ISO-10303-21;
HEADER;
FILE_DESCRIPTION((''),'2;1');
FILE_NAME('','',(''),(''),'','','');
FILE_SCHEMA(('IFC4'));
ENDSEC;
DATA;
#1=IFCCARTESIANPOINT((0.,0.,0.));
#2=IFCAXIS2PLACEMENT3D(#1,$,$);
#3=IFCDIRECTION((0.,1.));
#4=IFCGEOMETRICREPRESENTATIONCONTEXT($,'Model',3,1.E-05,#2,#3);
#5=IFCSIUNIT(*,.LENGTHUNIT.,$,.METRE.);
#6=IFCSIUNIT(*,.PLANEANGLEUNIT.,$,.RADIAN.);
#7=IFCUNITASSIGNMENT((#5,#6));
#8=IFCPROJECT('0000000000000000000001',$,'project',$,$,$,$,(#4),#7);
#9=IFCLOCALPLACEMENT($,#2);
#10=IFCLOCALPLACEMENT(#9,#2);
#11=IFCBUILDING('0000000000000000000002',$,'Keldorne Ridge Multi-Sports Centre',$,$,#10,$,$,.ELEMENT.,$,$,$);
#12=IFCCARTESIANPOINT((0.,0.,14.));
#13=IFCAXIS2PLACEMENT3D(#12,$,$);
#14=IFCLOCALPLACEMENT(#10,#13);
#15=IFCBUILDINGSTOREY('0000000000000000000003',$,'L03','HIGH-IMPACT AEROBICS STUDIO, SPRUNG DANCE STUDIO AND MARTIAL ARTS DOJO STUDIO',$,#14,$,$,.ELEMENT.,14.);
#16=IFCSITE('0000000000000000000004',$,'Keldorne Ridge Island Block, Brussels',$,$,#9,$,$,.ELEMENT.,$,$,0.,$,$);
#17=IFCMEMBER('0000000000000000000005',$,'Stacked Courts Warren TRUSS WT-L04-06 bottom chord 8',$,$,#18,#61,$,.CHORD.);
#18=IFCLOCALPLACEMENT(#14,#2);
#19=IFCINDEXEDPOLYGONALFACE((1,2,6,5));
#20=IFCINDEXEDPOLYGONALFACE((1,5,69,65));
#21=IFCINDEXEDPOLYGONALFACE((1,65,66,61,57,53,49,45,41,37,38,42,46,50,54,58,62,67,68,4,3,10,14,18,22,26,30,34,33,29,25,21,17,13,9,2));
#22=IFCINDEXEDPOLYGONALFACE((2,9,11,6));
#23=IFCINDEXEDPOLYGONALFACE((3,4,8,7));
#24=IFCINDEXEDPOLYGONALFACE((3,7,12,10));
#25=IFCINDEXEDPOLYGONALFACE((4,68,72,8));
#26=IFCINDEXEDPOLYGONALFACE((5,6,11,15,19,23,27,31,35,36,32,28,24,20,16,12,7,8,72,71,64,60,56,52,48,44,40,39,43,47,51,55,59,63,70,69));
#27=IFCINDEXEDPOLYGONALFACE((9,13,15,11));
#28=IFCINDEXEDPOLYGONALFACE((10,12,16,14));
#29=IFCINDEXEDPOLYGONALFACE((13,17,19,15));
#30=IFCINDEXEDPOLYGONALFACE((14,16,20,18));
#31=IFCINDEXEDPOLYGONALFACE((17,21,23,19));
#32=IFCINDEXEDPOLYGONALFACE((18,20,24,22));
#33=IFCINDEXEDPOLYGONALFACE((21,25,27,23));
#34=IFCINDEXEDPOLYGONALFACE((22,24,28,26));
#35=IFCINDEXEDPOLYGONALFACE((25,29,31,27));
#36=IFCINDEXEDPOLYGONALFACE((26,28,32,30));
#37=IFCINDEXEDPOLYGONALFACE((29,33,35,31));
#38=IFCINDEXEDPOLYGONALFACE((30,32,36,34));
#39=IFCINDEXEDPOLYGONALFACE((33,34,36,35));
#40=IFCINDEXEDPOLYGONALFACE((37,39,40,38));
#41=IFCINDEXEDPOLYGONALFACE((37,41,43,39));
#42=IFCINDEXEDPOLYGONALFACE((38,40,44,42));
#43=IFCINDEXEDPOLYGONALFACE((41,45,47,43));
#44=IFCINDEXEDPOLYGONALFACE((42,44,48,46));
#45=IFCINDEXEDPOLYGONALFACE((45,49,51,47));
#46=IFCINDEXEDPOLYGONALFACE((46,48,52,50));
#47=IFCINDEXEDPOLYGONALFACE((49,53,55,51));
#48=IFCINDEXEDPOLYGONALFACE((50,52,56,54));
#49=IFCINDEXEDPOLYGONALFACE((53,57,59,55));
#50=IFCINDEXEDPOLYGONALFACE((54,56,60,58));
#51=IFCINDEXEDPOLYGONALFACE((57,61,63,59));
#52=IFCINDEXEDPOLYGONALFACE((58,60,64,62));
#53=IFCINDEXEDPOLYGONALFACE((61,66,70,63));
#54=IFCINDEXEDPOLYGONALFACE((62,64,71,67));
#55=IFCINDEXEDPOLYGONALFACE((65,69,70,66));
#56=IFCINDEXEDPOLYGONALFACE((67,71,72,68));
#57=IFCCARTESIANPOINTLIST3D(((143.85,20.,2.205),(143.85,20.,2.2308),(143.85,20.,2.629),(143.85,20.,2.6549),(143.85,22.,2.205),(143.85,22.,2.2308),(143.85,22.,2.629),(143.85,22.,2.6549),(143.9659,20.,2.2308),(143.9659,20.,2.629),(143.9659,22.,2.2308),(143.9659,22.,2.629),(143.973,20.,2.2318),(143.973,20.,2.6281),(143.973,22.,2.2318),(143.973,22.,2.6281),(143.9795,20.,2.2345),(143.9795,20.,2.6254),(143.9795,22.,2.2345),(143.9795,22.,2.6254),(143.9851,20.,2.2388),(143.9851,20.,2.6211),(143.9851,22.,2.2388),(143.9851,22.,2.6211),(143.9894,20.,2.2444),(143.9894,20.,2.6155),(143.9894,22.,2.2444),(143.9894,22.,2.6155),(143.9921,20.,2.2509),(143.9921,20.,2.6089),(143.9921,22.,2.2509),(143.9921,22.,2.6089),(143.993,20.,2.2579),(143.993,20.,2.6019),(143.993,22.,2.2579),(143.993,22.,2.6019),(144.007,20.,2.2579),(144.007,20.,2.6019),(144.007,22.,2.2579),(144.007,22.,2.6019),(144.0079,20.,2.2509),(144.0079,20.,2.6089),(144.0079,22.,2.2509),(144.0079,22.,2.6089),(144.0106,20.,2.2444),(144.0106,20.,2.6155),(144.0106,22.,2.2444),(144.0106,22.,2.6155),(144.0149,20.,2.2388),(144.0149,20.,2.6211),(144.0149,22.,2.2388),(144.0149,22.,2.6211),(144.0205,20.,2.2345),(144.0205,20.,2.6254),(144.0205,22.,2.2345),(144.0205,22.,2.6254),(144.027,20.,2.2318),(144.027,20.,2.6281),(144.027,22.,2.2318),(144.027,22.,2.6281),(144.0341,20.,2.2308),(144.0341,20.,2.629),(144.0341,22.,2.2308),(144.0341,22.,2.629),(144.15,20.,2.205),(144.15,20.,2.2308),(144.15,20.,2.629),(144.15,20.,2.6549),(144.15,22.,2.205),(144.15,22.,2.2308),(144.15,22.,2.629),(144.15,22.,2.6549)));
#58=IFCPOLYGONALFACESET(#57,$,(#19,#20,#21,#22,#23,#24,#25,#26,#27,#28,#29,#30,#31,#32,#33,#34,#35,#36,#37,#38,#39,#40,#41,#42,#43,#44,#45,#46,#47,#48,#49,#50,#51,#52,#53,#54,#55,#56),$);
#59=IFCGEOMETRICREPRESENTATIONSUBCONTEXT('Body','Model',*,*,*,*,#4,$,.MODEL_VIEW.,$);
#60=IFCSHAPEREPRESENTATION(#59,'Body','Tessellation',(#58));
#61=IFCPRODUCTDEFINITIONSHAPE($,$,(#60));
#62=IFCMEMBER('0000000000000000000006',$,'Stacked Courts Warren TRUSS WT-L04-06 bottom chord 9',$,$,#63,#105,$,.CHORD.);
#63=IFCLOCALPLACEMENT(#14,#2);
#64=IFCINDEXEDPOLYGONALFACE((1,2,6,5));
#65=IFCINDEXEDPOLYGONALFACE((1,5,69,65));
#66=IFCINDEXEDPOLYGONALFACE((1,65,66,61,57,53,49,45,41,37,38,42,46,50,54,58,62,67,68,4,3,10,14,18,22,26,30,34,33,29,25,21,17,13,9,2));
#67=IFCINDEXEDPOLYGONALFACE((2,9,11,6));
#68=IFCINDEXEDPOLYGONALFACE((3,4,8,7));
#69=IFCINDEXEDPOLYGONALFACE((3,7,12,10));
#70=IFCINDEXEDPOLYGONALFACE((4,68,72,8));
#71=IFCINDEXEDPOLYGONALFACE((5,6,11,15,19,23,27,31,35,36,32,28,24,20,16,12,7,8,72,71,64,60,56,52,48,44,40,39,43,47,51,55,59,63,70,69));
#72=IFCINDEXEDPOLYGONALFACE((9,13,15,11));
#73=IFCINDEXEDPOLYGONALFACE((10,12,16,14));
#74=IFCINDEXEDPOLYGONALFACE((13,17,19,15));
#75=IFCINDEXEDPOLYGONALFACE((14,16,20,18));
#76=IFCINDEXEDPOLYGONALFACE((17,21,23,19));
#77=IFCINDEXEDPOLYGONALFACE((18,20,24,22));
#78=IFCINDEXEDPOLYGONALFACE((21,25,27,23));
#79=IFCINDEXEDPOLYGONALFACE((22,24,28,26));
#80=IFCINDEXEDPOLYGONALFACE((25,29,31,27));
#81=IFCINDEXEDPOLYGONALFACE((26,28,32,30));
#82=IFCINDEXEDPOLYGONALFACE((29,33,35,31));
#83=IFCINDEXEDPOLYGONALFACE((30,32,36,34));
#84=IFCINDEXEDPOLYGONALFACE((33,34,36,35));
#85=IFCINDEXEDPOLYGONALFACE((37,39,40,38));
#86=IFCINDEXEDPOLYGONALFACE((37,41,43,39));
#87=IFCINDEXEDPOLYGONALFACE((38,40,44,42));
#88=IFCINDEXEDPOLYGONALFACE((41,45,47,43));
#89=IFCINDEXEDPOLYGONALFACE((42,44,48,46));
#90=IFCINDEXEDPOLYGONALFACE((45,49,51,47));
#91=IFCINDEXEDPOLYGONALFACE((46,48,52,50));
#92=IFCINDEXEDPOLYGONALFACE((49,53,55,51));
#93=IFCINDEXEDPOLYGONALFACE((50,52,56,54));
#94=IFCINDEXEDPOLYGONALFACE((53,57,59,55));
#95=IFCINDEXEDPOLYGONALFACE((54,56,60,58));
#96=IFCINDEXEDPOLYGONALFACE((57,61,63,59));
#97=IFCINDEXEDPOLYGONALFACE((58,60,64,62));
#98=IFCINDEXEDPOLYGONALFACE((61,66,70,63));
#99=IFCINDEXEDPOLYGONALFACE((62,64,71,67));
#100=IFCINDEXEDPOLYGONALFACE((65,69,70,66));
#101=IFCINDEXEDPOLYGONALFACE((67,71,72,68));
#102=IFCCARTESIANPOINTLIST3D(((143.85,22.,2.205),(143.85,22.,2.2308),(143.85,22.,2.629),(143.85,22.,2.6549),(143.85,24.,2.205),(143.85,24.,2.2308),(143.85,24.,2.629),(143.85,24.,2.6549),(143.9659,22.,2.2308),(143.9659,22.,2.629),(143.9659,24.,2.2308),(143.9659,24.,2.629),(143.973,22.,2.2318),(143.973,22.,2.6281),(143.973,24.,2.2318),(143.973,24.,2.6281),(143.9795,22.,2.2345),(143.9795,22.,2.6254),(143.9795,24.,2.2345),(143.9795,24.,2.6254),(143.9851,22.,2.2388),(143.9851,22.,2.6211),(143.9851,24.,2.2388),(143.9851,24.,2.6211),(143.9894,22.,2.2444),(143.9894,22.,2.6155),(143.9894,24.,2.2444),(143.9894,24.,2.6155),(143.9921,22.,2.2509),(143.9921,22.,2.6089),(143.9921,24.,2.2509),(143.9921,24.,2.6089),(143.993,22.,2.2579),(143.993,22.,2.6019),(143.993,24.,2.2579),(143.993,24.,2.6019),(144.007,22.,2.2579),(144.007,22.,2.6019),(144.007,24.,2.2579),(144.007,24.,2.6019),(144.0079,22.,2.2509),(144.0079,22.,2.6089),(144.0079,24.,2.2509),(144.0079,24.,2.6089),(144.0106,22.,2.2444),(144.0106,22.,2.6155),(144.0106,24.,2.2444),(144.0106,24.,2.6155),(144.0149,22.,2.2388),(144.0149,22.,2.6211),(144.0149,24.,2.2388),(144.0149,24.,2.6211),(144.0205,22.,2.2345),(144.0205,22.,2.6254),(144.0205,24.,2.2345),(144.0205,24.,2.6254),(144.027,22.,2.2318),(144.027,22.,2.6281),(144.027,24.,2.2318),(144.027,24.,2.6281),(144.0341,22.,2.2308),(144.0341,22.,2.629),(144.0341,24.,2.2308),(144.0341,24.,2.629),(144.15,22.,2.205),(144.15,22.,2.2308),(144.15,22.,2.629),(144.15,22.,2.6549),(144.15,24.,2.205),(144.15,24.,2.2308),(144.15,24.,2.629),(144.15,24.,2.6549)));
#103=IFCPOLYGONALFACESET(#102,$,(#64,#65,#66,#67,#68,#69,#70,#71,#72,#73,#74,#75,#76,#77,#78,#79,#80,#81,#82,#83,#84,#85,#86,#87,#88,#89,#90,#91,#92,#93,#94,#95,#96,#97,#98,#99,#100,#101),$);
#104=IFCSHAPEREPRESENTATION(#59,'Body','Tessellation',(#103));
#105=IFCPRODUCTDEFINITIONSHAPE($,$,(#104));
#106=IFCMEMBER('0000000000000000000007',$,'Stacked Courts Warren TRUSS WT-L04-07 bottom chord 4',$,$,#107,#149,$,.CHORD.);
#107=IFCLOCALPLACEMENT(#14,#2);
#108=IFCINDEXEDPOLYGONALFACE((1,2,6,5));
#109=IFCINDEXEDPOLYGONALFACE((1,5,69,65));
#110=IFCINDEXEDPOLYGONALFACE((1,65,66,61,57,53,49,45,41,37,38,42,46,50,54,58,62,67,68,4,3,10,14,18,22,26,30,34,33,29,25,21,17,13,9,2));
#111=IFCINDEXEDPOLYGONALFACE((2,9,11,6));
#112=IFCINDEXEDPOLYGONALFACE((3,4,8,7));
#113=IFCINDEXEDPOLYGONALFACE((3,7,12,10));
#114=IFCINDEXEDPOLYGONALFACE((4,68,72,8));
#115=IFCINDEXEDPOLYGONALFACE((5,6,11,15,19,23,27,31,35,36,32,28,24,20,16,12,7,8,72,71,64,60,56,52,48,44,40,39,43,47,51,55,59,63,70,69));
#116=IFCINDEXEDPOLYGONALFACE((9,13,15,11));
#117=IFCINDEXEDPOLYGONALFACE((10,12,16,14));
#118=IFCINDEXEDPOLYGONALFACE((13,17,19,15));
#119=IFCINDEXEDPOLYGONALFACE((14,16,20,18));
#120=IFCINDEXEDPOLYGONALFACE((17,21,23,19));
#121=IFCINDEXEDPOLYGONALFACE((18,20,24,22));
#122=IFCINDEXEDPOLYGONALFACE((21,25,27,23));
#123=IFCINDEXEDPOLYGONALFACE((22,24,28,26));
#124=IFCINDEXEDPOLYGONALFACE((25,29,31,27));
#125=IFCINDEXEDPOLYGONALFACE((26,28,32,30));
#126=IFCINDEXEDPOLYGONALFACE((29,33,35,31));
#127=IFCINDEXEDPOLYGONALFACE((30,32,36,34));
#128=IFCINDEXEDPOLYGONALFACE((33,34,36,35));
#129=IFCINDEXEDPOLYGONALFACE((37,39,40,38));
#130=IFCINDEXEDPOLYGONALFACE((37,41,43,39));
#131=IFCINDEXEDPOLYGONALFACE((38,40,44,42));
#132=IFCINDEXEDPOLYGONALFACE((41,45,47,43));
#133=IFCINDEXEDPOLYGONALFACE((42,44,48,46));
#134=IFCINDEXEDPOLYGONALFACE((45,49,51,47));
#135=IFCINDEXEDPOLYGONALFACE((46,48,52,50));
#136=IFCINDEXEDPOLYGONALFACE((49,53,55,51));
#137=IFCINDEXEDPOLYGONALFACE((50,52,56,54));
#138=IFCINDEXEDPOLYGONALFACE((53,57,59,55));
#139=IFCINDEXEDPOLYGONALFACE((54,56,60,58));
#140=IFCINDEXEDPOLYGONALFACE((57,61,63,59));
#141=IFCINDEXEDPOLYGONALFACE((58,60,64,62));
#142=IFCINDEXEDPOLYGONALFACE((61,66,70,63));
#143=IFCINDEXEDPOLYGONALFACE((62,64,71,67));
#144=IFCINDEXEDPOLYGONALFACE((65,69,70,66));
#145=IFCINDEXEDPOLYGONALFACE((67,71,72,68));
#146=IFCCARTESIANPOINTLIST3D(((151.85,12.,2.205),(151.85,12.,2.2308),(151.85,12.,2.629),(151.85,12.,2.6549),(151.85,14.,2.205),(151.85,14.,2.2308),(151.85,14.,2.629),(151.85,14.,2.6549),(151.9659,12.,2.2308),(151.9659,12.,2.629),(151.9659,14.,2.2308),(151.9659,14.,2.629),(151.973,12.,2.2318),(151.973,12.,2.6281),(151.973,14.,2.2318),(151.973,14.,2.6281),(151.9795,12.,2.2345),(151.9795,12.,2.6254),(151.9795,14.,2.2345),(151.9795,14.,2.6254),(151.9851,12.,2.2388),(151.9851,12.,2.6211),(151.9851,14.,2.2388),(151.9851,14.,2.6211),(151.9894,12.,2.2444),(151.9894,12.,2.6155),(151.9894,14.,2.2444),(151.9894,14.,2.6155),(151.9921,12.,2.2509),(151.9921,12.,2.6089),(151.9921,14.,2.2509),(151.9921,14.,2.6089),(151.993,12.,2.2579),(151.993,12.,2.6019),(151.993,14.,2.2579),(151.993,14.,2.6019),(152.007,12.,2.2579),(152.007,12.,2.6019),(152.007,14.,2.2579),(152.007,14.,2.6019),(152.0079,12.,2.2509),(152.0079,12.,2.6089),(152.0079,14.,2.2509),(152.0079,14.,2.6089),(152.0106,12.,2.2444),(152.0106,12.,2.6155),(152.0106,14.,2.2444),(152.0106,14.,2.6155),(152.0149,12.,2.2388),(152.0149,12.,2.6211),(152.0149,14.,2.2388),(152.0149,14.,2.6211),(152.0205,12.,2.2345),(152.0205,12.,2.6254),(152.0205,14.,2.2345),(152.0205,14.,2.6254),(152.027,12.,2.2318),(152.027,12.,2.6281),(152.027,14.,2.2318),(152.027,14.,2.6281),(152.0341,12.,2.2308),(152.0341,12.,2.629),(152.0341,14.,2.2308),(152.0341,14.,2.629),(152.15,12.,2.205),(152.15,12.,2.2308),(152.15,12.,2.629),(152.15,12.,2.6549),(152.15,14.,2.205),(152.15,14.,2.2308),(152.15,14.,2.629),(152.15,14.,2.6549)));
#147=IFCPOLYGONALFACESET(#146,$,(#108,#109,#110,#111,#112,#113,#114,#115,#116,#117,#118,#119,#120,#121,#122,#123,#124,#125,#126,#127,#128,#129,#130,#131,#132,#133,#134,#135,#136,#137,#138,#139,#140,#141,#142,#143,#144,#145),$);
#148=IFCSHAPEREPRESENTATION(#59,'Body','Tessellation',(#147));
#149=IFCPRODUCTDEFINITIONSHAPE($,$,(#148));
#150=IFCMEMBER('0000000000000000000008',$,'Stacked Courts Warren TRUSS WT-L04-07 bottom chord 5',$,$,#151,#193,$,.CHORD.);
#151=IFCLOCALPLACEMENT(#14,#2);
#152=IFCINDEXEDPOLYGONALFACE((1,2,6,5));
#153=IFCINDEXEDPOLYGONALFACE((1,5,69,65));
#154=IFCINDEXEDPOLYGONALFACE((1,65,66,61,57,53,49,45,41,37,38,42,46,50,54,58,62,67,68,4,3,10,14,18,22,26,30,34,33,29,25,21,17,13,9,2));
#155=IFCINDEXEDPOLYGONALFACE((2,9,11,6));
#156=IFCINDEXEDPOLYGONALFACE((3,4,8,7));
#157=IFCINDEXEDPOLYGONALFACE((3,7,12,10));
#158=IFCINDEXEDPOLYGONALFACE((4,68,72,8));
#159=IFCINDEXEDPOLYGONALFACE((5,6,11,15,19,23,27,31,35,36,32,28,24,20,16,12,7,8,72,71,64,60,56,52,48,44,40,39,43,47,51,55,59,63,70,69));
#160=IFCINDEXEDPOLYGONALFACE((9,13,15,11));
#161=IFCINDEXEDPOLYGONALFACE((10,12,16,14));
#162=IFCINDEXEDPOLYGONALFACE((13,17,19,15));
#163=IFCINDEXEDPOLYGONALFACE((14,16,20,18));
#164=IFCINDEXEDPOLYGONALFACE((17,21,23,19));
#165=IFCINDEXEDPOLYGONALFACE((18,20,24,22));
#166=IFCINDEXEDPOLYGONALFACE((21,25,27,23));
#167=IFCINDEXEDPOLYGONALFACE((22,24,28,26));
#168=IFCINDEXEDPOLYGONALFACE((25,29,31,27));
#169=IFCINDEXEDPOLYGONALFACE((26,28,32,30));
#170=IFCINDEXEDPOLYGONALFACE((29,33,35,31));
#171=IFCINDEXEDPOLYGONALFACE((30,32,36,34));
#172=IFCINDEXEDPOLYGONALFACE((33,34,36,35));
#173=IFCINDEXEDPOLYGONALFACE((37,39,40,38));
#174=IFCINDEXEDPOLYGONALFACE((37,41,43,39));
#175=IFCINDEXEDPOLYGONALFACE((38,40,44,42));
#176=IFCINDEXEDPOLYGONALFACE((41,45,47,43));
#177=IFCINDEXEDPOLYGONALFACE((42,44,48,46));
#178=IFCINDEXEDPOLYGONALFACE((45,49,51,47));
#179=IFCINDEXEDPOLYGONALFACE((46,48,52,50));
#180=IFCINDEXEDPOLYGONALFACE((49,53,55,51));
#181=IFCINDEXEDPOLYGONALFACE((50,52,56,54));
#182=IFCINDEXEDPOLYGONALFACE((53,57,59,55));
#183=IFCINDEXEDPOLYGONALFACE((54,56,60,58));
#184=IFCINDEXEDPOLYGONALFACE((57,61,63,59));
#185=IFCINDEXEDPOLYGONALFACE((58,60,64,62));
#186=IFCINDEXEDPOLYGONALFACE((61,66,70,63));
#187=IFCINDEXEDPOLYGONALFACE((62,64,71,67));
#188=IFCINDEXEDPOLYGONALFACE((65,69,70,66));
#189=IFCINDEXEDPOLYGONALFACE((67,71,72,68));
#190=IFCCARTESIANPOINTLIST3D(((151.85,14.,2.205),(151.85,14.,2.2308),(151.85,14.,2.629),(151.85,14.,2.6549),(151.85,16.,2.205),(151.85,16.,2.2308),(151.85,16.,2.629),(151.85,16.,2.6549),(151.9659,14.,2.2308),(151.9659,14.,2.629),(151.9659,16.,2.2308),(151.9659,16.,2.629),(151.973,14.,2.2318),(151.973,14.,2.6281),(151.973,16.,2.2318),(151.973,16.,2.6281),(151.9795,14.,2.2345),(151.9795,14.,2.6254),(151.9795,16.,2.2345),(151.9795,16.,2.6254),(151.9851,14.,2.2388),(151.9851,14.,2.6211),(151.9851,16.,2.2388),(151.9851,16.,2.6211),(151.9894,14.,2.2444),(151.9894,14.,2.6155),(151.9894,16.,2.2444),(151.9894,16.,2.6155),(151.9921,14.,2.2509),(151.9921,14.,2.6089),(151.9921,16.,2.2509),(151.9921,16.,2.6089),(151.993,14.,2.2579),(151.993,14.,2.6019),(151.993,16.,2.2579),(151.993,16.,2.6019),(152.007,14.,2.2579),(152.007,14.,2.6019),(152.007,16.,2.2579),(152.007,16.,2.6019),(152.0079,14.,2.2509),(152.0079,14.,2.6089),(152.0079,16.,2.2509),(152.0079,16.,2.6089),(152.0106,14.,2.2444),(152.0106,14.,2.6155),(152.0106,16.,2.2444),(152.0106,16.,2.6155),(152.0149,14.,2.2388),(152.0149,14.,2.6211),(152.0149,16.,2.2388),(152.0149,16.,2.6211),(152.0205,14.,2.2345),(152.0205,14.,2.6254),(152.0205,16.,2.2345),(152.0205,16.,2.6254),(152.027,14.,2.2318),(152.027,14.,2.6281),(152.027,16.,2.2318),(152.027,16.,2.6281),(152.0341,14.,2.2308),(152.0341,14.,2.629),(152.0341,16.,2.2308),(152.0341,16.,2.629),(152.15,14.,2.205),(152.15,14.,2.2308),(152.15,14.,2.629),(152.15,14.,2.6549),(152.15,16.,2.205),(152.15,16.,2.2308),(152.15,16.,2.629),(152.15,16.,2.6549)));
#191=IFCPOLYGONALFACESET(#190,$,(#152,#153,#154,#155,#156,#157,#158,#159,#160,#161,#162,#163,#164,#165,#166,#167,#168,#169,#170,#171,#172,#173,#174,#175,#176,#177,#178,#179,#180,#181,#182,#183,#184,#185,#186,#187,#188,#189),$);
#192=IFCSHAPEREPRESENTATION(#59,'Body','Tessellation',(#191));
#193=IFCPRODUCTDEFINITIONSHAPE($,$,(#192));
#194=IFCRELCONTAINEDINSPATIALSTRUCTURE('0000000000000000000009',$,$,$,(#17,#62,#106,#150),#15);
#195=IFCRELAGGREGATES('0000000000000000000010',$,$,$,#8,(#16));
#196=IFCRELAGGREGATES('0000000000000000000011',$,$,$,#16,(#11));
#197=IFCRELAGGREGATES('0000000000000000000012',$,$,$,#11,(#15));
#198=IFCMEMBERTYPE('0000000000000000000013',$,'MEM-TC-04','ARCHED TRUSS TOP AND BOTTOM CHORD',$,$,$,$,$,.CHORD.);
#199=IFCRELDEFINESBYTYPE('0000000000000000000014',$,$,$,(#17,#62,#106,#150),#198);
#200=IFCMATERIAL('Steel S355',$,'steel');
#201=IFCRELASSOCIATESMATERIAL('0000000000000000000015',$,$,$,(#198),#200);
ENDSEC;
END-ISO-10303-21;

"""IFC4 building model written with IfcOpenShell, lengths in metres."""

from ifc_helpers import new_model, si_unit, direction, frame, origin, origin_2d, place, context, subcontext, project, spatial, i_section, extrude, material, material_profile, profile_set, type_object, element, save


model = new_model("IFC4")

# Units and contexts
model_context = context("Model", 3, precision=1e-05, world=origin(), true_north=direction((0.0, 1.0)))
body_context = subcontext(model_context, "Body", "Model", "MODEL_VIEW")
ifc_project = project(units=[si_unit("LENGTHUNIT", "METRE"), si_unit("PLANEANGLEUNIT", "RADIAN")], contexts=[model_context])

# Site, building, storey
site_placement = place(None, origin())
site = spatial("IfcSite", under=ifc_project, at=site_placement, Name="Keldorne Ridge Island Block, Brussels", CompositionType="ELEMENT", RefElevation=0.0)
building_placement = place(site_placement, origin())
building = spatial("IfcBuilding", under=site, at=building_placement, Name="Keldorne Ridge Multi-Sports Centre", CompositionType="ELEMENT")
storey_placement = place(building_placement, frame((0.0, 0.0, 14.0)))
storey = spatial("IfcBuildingStorey", under=building, at=storey_placement, Name="L03", Description="HIGH-IMPACT AEROBICS STUDIO, SPRUNG DANCE STUDIO AND MARTIAL ARTS DOJO STUDIO", CompositionType="ELEMENT", Elevation=14.0)

# Members
ifc_material = material(Name="Steel S355", Category="steel")
ifc_material_profile_1 = material_profile(ifc_material, i_section(OverallWidth=0.3, OverallDepth=0.45, WebThickness=0.0139, FlangeThickness=0.0259, FilletRadius=0.0271, at=origin_2d()), Name="HEB 450")
ifc_profile_set_1 = profile_set([ifc_material_profile_1], Name="Steel S355")
member_type_1 = type_object("IfcMemberType", Name="MEM-TC-04", Description="ARCHED TRUSS TOP AND BOTTOM CHORD", PredefinedType="CHORD", material=ifc_profile_set_1)
for number, where, z_axis, x_axis, name in (
    (1, (144.0, 20.0, 2.4299), (0.0, 1.0, 0.0), (-1.0, 0.0, 0.0), "Stacked Courts Warren TRUSS WT-L04-06 bottom chord 8"),
    (2, (144.0, 22.0, 2.4299), (0.0, 1.0, 0.0), (-1.0, 0.0, 0.0), "Stacked Courts Warren TRUSS WT-L04-06 bottom chord 9"),
    (3, (152.0, 12.0, 2.4299), (0.0, 1.0, 0.0), (-1.0, 0.0, 0.0), "Stacked Courts Warren TRUSS WT-L04-07 bottom chord 4"),
    (4, (152.0, 14.0, 2.4299), (0.0, 1.0, 0.0), (-1.0, 0.0, 0.0), "Stacked Courts Warren TRUSS WT-L04-07 bottom chord 5"),
):
    element("IfcMember", number, at=place(storey_placement, frame(where, z_axis=z_axis, x_axis=x_axis)), inside=storey, type_object=member_type_1, Name=name, PredefinedType="CHORD", context=body_context, shape_type="SweptSolid", body=[
        extrude(i_section(OverallWidth=0.3, OverallDepth=0.45, WebThickness=0.0139, FlangeThickness=0.0259, FilletRadius=0.0271, at=origin_2d()), origin(), (0.0, 0.0, 1.0), 2.0),
    ])

save(model, "model.ifc")
